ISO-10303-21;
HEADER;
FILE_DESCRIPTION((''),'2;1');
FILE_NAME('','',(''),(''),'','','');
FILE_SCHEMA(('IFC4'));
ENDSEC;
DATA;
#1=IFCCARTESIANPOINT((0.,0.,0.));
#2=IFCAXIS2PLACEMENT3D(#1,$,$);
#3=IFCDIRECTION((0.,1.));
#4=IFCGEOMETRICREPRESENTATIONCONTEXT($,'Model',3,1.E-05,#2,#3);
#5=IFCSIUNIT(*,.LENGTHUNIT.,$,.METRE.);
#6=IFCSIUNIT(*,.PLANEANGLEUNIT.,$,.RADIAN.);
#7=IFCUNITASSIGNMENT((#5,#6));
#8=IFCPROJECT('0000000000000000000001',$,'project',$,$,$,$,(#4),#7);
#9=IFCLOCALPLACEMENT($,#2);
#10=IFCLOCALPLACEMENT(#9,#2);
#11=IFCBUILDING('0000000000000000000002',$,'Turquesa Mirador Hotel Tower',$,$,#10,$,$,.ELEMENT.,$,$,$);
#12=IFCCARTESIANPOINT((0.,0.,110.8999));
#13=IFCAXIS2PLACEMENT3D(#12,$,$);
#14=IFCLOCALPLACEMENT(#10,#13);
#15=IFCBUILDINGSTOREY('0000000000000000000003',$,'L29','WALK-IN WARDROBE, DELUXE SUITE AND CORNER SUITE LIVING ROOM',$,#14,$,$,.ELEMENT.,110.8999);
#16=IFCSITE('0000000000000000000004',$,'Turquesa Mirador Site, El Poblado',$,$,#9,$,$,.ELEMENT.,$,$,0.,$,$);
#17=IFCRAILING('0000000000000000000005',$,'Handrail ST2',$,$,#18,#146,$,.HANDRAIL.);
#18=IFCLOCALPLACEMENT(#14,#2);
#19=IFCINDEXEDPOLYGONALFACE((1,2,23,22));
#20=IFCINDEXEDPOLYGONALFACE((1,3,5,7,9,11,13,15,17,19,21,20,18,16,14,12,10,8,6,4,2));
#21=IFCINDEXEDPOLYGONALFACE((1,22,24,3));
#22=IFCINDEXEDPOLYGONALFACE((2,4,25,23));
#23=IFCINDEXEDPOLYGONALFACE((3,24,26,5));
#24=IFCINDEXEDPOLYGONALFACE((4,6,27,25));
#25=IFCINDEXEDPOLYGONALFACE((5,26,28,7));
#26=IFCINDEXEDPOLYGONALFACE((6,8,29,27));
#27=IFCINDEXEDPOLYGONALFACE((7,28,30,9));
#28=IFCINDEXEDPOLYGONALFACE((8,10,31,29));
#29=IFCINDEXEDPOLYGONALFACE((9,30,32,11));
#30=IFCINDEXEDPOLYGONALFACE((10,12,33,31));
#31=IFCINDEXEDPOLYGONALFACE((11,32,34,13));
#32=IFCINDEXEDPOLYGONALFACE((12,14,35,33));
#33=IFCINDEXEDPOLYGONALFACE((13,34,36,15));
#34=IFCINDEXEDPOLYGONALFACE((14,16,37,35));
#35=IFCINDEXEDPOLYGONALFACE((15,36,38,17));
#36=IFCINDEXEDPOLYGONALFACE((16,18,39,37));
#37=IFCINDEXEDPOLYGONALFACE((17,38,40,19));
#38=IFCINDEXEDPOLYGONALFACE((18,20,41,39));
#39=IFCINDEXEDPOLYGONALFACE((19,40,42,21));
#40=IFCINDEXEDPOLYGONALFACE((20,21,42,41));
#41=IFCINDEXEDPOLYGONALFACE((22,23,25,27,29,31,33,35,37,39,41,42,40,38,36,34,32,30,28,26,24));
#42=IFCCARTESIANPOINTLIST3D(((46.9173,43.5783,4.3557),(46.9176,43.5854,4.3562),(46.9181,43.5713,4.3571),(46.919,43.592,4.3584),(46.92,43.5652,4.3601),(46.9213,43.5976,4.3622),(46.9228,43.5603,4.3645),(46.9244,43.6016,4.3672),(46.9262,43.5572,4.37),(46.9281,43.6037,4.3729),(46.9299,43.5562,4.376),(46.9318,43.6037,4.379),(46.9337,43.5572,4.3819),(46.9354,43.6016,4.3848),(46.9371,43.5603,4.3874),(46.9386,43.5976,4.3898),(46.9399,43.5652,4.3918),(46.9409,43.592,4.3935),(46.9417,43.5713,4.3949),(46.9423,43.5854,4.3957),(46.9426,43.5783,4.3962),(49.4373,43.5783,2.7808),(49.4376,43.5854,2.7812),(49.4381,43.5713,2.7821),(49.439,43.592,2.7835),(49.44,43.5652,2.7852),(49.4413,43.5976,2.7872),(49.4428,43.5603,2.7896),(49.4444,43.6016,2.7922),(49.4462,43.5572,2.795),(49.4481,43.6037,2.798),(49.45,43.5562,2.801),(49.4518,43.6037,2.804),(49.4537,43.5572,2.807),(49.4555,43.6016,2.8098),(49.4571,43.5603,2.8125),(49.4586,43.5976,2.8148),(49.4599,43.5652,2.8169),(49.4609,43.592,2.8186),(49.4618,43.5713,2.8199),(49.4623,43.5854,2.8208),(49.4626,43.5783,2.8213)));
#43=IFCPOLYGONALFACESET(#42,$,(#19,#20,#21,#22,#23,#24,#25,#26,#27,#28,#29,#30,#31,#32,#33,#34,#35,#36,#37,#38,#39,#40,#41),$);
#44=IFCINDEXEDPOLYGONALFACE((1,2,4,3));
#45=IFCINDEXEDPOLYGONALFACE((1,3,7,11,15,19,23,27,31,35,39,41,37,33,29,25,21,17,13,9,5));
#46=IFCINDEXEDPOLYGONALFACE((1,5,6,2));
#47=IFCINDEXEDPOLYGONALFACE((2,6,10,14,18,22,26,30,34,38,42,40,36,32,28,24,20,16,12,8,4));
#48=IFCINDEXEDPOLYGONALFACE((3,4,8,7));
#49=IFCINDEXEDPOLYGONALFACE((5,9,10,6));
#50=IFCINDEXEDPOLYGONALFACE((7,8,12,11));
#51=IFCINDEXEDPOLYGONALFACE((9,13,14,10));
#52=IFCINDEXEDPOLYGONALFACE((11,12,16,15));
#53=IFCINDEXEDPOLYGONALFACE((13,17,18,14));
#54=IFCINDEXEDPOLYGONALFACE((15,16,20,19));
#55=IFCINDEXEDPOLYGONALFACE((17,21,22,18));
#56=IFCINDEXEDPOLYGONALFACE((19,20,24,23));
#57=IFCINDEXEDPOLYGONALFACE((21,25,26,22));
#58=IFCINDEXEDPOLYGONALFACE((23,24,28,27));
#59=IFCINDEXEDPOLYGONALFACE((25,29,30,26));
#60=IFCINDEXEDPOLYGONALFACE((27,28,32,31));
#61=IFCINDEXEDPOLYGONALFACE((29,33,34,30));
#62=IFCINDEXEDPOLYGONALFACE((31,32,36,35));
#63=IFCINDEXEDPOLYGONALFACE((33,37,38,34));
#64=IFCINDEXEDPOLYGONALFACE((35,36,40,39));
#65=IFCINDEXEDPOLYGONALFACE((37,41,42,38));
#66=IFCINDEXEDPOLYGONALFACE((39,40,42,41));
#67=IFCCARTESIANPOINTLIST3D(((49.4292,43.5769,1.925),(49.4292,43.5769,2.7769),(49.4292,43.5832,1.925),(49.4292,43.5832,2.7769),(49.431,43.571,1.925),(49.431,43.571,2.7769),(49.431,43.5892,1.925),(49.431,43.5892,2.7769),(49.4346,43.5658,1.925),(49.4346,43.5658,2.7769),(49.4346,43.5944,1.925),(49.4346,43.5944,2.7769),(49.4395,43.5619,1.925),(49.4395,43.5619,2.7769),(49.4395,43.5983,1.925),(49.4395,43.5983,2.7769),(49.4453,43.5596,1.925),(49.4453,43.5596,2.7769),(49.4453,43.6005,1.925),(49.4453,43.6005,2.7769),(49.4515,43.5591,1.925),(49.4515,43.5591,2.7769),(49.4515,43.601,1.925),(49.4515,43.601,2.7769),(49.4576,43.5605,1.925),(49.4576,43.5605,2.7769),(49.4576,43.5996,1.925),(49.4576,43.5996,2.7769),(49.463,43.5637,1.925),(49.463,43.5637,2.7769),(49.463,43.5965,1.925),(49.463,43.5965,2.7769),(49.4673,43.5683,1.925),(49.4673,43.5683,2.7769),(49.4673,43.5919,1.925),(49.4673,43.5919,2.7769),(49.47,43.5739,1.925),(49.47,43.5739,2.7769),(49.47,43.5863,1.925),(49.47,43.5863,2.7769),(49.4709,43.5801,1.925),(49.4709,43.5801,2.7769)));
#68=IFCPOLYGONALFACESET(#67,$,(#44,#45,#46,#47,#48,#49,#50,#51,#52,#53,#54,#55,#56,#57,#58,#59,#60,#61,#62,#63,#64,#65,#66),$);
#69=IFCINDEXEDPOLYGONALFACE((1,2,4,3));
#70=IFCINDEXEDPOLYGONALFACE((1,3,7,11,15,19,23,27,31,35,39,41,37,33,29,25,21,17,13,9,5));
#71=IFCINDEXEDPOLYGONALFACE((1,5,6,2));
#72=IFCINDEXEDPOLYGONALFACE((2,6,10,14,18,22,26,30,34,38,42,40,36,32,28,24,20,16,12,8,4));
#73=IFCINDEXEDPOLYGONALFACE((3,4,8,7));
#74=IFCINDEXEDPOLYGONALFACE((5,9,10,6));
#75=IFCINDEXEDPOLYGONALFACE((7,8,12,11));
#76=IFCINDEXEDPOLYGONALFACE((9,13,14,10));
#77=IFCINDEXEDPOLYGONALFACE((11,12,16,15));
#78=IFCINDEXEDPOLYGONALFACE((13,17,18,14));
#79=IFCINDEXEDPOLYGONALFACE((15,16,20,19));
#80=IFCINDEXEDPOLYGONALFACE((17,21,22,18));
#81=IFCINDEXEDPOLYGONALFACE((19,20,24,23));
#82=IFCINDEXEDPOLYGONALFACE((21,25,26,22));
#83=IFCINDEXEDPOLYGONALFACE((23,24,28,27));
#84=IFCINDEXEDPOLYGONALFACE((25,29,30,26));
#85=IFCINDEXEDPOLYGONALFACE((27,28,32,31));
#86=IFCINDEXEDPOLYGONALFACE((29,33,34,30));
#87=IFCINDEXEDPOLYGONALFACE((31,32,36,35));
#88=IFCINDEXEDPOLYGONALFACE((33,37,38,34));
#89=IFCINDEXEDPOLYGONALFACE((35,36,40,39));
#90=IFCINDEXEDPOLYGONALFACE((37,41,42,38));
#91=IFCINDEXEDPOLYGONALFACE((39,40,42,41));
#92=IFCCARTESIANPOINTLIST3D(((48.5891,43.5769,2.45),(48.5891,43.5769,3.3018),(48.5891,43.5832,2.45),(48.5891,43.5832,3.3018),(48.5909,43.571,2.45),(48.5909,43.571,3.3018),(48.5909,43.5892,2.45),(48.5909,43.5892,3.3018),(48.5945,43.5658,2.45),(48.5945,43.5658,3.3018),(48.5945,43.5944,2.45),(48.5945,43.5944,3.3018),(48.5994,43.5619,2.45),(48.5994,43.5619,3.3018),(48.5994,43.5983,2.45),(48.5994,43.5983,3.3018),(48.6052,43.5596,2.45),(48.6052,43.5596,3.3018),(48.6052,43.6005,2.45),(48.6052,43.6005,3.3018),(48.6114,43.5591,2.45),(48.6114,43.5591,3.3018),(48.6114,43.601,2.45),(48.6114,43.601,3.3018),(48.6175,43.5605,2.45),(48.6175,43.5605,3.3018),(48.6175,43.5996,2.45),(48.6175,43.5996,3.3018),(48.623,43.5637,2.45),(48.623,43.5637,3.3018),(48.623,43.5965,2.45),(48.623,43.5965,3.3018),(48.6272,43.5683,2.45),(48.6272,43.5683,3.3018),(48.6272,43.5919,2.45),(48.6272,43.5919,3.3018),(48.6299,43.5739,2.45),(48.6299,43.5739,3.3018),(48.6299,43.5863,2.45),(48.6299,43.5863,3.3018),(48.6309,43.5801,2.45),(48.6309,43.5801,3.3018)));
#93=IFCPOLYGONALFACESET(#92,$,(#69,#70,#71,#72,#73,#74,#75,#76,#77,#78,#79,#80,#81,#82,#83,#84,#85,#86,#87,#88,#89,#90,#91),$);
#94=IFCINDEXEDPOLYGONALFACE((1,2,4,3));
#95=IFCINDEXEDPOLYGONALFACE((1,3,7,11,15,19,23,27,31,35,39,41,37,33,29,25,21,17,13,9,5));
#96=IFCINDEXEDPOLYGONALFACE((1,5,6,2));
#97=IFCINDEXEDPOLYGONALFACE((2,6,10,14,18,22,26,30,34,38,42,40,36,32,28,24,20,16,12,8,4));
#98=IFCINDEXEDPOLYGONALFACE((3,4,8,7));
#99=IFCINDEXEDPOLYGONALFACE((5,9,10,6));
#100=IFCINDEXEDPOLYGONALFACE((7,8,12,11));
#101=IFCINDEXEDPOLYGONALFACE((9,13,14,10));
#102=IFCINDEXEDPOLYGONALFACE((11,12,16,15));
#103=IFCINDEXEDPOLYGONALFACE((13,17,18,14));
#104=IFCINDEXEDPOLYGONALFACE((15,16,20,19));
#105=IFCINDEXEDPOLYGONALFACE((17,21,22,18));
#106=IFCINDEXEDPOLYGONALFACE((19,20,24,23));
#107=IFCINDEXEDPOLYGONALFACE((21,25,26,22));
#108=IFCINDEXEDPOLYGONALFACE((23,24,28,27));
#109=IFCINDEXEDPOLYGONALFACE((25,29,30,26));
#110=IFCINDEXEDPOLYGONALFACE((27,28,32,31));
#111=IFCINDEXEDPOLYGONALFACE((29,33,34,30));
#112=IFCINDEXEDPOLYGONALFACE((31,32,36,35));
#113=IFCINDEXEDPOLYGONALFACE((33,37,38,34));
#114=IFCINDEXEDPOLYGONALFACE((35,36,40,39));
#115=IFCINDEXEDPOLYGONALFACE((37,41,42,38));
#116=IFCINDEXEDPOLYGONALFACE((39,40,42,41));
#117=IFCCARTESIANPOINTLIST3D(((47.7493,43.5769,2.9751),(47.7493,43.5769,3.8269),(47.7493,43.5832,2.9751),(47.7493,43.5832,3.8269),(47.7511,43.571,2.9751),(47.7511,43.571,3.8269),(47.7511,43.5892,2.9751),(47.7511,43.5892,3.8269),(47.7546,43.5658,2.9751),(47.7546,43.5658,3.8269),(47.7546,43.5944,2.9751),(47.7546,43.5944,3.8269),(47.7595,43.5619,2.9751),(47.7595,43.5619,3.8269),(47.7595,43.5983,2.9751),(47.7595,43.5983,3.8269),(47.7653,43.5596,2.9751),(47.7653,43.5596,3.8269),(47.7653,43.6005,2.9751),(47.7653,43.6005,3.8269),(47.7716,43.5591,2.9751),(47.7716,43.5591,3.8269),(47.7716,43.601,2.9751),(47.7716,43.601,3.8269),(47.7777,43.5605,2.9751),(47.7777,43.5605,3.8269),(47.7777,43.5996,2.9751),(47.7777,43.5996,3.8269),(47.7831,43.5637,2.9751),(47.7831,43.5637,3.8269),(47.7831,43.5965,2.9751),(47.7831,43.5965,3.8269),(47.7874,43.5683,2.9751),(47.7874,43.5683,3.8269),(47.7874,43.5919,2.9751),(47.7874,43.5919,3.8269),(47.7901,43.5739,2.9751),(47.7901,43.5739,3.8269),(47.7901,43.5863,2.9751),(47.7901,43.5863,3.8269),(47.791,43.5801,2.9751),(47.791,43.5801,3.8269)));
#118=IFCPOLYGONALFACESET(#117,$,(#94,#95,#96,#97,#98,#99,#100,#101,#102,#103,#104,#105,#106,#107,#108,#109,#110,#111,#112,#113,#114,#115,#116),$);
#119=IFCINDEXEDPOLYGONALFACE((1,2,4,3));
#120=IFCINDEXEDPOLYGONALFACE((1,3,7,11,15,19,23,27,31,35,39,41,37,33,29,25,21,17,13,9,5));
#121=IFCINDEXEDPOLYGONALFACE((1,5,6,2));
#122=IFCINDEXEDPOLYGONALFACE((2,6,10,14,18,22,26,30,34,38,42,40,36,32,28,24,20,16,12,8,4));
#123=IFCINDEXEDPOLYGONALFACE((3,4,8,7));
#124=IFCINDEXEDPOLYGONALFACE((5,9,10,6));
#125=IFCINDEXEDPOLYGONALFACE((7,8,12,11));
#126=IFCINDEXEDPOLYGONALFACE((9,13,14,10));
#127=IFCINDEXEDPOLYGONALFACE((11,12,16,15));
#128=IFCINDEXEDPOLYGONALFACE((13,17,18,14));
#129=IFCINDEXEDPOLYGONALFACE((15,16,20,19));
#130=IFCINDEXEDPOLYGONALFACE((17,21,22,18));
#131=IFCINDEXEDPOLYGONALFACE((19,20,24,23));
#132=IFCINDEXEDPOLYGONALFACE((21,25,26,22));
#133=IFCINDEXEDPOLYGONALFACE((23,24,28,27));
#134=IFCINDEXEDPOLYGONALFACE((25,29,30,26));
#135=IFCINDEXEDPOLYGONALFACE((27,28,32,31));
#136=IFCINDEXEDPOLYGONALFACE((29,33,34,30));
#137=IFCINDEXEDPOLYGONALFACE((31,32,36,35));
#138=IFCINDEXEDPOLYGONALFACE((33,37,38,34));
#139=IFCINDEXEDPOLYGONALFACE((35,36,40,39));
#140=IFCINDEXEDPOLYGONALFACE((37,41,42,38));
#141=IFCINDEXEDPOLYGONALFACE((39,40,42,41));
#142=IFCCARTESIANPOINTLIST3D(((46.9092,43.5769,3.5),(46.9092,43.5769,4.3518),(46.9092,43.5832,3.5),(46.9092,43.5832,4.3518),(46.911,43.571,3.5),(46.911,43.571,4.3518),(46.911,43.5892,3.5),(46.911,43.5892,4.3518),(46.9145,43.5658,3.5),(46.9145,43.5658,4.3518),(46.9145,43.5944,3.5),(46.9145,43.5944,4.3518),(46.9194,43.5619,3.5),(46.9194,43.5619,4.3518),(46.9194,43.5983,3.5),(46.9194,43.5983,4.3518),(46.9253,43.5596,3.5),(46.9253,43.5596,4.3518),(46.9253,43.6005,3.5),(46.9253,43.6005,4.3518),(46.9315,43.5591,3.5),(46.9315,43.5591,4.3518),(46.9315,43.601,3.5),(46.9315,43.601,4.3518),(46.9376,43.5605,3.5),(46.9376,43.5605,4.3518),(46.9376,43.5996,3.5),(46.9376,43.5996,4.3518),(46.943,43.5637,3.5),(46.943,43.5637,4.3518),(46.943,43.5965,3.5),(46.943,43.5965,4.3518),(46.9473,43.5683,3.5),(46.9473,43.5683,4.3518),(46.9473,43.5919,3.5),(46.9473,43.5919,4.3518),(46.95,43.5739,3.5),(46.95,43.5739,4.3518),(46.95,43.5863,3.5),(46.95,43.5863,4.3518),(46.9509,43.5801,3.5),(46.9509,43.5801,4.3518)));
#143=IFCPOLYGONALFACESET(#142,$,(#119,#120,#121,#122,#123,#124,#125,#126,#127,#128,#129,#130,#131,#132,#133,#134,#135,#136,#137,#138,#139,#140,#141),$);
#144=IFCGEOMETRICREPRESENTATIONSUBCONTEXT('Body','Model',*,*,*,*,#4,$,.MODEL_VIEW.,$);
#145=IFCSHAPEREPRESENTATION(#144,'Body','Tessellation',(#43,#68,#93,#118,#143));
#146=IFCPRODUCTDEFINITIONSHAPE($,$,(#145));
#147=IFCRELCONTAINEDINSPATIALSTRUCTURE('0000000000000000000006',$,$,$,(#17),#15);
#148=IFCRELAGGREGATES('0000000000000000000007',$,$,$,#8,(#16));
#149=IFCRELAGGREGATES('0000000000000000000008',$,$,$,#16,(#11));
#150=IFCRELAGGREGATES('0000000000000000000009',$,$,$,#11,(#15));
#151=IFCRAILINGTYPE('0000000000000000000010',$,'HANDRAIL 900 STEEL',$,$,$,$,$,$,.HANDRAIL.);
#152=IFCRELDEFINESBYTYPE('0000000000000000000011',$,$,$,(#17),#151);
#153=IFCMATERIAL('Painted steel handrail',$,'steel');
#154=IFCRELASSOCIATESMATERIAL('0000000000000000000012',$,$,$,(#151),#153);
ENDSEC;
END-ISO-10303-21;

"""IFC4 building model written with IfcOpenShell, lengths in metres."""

from ifc_helpers import new_model, si_unit, direction, frame, origin, origin_2d, place, context, subcontext, project, spatial, circle, extrude, material, type_object, element, save


model = new_model("IFC4")

# Units and contexts
model_context = context("Model", 3, precision=1e-05, world=origin(), true_north=direction((0.0, 1.0)))
body_context = subcontext(model_context, "Body", "Model", "MODEL_VIEW")
ifc_project = project(units=[si_unit("LENGTHUNIT", "METRE"), si_unit("PLANEANGLEUNIT", "RADIAN")], contexts=[model_context])

# Site, building, storey
site_placement = place(None, origin())
site = spatial("IfcSite", under=ifc_project, at=site_placement, Name="Turquesa Mirador Site, El Poblado", CompositionType="ELEMENT", RefElevation=0.0)
building_placement = place(site_placement, origin())
building = spatial("IfcBuilding", under=site, at=building_placement, Name="Turquesa Mirador Hotel Tower", CompositionType="ELEMENT")
storey_placement = place(building_placement, frame((0.0, 0.0, 110.8999)))
storey = spatial("IfcBuildingStorey", under=building, at=storey_placement, Name="L29", Description="WALK-IN WARDROBE, DELUXE SUITE AND CORNER SUITE LIVING ROOM", CompositionType="ELEMENT", Elevation=110.8999)

# Railing
ifc_material_1 = material(Name="Painted steel handrail", Category="steel")
railing_type = type_object("IfcRailingType", Name="HANDRAIL 900 STEEL", PredefinedType="HANDRAIL", material=ifc_material_1)
railing_1_placement = place(storey_placement, frame((49.45, 43.5801, 1.925)))
element("IfcRailing", 1, at=railing_1_placement, inside=storey, type_object=railing_type, Name="Handrail ST2", PredefinedType="HANDRAIL", context=body_context, shape_type="SweptSolid", body=[
    extrude(circle(Radius=0.0239, at=origin_2d()), frame((0.0, 0.0, 0.876), z_axis=(-0.848008, 0.0, 0.529984), x_axis=(0.0, -1.0, 0.0)), (0.0, 0.0, 1.0), 2.9717),
    extrude(circle(Radius=0.021, at=origin_2d()), origin(), (0.0, 0.0, 1.0), 0.8518),
    extrude(circle(Radius=0.021, at=origin_2d()), frame((-0.8401, 0.0, 0.5249)), (0.0, 0.0, 1.0), 0.8518),
    extrude(circle(Radius=0.021, at=origin_2d()), frame((-1.6799, 0.0, 1.05)), (0.0, 0.0, 1.0), 0.8518),
    extrude(circle(Radius=0.021, at=origin_2d()), frame((-2.52, 0.0, 1.575)), (0.0, 0.0, 1.0), 0.8518),
])

save(model, "model.ifc")
